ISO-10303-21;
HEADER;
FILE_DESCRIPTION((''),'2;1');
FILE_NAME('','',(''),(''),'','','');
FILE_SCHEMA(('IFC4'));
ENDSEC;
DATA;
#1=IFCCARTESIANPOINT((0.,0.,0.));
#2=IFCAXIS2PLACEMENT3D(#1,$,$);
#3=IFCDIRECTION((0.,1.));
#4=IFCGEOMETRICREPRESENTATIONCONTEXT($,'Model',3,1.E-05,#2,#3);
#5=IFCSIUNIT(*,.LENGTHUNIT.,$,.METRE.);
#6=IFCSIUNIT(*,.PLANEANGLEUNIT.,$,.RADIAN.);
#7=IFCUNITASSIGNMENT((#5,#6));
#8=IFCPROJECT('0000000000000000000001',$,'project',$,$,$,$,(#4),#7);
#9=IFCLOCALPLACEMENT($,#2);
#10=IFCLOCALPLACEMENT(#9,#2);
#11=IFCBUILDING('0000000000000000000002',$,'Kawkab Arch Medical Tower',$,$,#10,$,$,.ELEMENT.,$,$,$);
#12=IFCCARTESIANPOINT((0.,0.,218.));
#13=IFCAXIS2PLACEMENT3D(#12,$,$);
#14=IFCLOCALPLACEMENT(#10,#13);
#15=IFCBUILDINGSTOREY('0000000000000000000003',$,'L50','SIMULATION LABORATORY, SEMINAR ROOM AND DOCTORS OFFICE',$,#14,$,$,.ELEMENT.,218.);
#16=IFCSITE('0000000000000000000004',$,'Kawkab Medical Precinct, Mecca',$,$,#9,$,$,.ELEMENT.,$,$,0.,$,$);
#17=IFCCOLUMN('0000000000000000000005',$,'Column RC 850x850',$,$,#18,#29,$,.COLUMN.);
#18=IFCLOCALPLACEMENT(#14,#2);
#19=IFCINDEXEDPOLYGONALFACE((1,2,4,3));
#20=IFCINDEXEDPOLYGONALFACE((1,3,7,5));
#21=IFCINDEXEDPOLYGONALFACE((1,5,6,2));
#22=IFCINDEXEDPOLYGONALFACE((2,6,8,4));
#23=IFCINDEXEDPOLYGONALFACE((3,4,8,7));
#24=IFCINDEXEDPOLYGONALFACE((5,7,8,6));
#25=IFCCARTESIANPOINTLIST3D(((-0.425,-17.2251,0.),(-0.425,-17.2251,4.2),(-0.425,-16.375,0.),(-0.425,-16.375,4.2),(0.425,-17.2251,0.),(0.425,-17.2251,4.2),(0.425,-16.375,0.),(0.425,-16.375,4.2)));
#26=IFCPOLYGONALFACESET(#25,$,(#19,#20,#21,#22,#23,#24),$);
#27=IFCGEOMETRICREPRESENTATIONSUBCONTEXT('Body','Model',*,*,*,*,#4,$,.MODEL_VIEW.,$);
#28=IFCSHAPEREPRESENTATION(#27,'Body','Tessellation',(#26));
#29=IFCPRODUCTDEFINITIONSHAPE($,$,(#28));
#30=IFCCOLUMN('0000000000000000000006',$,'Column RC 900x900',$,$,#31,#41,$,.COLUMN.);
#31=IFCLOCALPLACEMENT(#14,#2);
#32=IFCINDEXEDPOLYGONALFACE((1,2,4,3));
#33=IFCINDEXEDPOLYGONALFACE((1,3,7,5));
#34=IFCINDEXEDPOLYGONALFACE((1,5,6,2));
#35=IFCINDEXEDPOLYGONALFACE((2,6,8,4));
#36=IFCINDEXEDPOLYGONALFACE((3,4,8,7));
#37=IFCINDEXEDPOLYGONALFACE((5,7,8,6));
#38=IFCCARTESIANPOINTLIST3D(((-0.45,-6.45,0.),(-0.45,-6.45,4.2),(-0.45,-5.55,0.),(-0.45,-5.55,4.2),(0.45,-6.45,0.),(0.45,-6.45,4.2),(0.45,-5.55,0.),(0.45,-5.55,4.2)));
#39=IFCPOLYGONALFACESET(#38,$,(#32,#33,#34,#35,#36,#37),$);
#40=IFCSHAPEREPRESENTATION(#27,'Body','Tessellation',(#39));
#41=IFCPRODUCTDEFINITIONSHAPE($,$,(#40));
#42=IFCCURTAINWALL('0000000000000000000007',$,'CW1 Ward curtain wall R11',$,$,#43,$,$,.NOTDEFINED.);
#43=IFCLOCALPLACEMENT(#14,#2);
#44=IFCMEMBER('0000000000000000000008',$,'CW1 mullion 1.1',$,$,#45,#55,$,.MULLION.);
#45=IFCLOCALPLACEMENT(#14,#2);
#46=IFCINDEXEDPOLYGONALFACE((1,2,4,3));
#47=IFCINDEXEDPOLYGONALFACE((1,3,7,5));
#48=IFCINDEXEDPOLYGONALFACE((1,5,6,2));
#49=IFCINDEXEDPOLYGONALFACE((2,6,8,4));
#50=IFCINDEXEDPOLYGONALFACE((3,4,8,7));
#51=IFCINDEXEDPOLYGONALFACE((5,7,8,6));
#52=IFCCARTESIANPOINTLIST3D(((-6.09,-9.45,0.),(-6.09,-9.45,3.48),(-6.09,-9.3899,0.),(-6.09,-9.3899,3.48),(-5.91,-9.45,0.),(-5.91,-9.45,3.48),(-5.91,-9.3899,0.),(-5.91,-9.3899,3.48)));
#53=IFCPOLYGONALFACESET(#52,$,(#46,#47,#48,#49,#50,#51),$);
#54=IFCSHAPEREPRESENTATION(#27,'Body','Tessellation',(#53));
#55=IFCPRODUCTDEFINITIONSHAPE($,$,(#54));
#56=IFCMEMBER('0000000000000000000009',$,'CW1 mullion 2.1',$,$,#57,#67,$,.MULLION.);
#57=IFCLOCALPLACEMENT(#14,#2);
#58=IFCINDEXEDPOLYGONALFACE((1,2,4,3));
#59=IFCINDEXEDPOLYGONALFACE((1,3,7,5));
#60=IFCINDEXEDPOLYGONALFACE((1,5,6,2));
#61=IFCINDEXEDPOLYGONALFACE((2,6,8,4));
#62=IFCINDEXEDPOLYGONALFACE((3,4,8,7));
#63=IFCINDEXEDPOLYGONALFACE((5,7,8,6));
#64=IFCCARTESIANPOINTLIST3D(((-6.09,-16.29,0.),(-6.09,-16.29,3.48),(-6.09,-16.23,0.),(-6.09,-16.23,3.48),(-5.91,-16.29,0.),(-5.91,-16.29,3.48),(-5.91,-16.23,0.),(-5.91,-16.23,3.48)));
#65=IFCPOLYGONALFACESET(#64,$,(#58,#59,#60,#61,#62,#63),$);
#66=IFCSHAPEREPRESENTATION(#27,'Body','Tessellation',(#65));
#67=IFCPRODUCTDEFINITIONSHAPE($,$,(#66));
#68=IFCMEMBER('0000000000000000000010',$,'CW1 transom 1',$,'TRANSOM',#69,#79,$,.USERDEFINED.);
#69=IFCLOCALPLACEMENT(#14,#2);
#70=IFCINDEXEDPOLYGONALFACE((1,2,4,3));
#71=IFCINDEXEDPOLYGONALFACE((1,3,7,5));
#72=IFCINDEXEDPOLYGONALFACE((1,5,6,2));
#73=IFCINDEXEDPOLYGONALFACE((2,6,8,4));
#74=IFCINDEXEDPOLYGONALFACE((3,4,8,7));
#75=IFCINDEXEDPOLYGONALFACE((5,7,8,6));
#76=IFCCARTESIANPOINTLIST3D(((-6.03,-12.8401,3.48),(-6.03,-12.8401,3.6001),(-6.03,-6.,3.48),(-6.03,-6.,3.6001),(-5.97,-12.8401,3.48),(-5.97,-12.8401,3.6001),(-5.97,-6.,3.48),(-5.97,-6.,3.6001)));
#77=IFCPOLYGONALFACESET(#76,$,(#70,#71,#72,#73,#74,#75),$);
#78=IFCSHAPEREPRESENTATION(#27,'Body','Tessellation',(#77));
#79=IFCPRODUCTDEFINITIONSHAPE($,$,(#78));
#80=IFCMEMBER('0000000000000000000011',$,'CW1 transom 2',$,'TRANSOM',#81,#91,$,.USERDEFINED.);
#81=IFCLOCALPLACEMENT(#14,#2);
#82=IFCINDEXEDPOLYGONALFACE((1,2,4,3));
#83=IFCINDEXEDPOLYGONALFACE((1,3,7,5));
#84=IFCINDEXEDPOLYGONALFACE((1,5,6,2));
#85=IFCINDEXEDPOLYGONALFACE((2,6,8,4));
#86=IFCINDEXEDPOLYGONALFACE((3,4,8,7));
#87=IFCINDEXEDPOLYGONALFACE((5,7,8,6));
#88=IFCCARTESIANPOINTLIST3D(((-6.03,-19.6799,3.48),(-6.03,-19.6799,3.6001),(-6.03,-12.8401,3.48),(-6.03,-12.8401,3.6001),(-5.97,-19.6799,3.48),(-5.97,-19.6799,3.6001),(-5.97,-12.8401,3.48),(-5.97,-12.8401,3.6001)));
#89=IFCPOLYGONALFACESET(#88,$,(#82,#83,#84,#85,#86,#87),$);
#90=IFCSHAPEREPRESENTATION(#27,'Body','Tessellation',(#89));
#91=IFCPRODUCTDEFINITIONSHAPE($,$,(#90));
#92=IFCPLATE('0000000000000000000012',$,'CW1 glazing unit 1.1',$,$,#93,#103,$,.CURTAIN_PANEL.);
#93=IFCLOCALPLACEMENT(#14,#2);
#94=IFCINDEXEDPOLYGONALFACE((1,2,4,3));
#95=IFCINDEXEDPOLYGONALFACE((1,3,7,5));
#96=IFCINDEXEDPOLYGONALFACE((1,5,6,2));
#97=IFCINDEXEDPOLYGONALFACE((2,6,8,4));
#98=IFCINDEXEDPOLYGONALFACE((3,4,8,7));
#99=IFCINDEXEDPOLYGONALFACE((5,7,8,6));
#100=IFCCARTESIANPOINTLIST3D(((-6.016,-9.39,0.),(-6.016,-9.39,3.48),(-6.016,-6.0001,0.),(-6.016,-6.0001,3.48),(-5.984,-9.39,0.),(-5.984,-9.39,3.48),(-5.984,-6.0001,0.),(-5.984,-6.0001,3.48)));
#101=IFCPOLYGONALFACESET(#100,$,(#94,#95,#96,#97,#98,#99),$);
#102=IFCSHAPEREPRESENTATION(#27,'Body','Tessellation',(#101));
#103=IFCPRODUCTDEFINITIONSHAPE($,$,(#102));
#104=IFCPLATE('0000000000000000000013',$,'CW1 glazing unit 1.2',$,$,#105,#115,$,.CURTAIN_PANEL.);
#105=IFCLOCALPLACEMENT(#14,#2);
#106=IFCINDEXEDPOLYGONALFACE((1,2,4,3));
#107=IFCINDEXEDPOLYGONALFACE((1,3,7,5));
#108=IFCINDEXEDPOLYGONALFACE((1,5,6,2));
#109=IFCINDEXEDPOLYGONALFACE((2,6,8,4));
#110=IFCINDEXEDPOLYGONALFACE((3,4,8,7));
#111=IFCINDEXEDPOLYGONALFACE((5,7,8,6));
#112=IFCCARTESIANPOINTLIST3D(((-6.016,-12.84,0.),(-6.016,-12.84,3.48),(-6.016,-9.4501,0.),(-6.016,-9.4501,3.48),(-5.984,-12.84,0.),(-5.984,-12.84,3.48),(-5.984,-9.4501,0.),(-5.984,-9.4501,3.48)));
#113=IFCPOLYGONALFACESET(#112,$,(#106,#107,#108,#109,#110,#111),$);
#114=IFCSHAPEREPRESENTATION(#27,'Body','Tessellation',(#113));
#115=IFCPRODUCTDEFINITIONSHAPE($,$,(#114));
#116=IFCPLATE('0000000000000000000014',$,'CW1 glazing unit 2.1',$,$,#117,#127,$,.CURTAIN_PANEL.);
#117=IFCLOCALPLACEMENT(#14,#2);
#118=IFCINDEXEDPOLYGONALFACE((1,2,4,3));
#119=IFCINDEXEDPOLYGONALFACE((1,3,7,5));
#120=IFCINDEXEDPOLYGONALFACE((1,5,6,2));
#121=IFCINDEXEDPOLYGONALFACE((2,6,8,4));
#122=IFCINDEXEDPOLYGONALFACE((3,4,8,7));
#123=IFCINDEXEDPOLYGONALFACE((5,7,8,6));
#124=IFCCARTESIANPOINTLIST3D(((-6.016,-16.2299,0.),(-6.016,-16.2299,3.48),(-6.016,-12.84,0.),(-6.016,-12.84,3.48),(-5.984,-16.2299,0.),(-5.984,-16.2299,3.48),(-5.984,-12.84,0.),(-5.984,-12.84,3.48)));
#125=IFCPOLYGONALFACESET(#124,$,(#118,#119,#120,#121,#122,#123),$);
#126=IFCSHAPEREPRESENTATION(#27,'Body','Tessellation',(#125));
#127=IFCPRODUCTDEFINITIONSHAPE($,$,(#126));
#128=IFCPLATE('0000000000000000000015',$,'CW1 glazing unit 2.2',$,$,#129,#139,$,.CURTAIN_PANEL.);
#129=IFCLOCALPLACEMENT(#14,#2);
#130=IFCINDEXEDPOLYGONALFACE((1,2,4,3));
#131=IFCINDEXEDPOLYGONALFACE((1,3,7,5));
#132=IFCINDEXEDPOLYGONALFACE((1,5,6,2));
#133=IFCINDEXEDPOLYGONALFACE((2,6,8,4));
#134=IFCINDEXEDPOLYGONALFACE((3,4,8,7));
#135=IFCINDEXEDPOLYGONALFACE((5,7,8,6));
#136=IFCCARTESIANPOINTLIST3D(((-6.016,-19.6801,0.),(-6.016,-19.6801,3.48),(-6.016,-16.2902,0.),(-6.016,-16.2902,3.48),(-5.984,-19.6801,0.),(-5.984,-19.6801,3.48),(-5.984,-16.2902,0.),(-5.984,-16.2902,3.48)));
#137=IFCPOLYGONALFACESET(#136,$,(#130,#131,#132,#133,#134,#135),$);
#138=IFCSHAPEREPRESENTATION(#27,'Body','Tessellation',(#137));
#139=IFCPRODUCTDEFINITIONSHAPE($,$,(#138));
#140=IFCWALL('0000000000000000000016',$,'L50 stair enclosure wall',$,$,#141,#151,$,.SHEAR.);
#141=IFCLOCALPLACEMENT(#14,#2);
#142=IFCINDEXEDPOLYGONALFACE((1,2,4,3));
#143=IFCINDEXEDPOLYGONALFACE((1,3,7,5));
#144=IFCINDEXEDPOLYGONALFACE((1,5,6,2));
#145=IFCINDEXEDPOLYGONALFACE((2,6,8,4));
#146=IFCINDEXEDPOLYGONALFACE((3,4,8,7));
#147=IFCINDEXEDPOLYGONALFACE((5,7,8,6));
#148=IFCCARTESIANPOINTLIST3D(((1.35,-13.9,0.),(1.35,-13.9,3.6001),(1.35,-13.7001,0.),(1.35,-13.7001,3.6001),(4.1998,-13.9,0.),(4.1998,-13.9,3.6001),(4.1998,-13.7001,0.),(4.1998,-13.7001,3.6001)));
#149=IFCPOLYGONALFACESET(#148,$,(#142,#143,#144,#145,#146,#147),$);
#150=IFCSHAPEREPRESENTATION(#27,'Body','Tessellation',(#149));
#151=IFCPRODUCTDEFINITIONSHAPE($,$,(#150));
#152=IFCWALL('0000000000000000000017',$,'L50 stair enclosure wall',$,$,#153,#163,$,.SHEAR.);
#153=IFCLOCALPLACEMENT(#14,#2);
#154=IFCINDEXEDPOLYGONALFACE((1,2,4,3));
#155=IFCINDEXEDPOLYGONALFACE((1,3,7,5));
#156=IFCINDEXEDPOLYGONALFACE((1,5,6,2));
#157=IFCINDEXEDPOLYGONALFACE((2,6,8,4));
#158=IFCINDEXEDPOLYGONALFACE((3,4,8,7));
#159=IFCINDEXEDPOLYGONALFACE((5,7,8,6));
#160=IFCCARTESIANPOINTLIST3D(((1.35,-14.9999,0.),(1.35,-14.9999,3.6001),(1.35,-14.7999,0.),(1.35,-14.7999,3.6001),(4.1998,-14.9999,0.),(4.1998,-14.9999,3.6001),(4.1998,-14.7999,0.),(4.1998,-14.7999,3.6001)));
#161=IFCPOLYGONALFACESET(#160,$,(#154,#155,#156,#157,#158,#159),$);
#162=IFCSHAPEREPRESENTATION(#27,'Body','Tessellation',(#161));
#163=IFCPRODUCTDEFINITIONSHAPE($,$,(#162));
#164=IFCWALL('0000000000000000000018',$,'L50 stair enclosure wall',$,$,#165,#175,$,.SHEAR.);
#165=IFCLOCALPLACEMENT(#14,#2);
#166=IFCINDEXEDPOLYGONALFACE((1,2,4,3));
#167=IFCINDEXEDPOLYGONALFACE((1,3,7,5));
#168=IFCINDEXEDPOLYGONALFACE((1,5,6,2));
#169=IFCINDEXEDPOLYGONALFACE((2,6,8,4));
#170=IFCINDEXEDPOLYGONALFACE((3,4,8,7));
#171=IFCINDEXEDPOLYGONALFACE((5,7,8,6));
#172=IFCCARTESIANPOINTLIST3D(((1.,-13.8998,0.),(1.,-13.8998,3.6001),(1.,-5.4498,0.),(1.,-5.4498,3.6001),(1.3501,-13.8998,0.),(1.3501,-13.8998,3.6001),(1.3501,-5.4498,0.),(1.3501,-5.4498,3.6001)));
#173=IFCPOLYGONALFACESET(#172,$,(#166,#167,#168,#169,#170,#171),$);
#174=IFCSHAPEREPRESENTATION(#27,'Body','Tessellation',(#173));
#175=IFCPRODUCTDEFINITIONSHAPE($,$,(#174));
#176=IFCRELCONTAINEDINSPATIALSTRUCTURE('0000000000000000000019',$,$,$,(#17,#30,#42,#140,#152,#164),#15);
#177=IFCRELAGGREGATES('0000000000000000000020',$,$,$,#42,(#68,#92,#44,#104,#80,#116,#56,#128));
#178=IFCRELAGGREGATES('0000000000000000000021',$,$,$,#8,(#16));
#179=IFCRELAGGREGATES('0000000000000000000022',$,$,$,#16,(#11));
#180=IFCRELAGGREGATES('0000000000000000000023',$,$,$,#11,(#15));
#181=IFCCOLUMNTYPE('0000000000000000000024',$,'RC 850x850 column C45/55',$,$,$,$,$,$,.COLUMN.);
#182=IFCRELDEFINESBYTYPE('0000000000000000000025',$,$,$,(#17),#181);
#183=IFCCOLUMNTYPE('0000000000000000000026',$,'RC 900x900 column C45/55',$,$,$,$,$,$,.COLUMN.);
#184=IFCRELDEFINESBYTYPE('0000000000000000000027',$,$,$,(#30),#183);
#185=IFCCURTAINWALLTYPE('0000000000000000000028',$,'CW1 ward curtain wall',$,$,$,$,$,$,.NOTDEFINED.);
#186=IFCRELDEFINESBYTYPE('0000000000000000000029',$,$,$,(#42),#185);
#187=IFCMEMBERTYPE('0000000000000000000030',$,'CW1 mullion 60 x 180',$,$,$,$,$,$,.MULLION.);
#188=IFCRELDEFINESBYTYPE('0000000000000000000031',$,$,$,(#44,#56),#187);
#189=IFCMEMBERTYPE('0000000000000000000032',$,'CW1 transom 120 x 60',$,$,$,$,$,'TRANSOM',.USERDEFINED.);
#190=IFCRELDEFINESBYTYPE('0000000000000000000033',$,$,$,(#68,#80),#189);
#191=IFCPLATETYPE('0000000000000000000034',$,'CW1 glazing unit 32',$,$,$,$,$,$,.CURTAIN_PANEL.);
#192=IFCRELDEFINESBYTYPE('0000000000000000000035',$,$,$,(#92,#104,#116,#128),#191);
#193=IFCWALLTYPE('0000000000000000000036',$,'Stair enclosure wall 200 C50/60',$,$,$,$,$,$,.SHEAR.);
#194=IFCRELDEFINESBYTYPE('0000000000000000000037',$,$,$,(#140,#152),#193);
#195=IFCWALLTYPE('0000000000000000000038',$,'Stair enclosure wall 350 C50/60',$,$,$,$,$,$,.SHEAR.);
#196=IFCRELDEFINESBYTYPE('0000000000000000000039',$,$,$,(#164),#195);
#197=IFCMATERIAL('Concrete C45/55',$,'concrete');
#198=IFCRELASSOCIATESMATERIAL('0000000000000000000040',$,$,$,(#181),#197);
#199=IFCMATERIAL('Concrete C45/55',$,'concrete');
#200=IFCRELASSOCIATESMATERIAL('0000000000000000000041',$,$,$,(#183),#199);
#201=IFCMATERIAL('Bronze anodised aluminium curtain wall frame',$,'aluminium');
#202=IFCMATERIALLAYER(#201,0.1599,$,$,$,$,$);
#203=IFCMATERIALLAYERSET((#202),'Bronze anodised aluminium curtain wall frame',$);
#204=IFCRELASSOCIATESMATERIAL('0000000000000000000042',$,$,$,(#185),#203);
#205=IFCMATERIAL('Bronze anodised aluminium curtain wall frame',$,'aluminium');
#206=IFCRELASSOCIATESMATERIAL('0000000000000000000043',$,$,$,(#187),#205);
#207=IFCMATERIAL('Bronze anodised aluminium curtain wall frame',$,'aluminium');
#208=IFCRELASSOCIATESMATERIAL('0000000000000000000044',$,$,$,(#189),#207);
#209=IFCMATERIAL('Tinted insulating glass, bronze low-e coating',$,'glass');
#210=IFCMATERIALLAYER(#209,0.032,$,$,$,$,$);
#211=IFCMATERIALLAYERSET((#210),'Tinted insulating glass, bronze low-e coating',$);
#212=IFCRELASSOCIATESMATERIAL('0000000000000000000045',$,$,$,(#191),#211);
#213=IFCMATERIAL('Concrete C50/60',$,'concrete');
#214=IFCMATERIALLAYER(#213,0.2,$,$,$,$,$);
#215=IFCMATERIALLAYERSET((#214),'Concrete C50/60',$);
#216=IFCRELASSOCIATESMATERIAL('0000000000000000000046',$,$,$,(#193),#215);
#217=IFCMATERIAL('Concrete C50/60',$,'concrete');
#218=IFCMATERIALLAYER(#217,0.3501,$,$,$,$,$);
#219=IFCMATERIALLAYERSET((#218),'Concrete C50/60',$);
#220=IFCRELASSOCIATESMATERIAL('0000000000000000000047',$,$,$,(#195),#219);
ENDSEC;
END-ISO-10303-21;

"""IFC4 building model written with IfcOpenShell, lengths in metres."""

from ifc_helpers import new_model, si_unit, direction, frame, frame_2d, origin, origin_2d, place, context, subcontext, project, spatial, rectangle, extrude, material, layer, layer_set, material_profile, profile_set, type_object, element, aggregate, save


model = new_model("IFC4")

# Units and contexts
model_context = context("Model", 3, precision=1e-05, world=origin(), true_north=direction((0.0, 1.0)))
body_context = subcontext(model_context, "Body", "Model", "MODEL_VIEW")
ifc_project = project(units=[si_unit("LENGTHUNIT", "METRE"), si_unit("PLANEANGLEUNIT", "RADIAN")], contexts=[model_context])

# Site, building, storey
site_placement = place(None, origin())
site = spatial("IfcSite", under=ifc_project, at=site_placement, Name="Kawkab Medical Precinct, Mecca", CompositionType="ELEMENT", RefElevation=0.0)
building_placement = place(site_placement, origin())
building = spatial("IfcBuilding", under=site, at=building_placement, Name="Kawkab Arch Medical Tower", CompositionType="ELEMENT")
storey_placement = place(building_placement, frame((0.0, 0.0, 218.0)))
storey = spatial("IfcBuildingStorey", under=building, at=storey_placement, Name="L50", Description="SIMULATION LABORATORY, SEMINAR ROOM AND DOCTORS OFFICE", CompositionType="ELEMENT", Elevation=218.0)

# Columns
ifc_material_1 = material(Name="Concrete C45/55", Category="concrete")
ifc_material_profile_1 = material_profile(ifc_material_1, rectangle(XDim=0.8501, YDim=0.8501, at=origin_2d()), Name="RC 850x850")
ifc_profile_set_1 = profile_set([ifc_material_profile_1], Name="Concrete C45/55")
column_type_1 = type_object("IfcColumnType", Name="RC 850x850 column C45/55", PredefinedType="COLUMN", material=ifc_profile_set_1)
column_1_placement = place(storey_placement, frame((0.0, -16.8, 0.0), z_axis=(0.0, 0.0, 1.0), x_axis=(1.0, 0.0, 0.0)))
element("IfcColumn", 1, at=column_1_placement, inside=storey, type_object=column_type_1, Name="Column RC 850x850", PredefinedType="COLUMN", context=body_context, shape_type="SweptSolid", body=[
    extrude(rectangle(XDim=0.8501, YDim=0.8501, at=origin_2d()), origin(), (0.0, 0.0, 1.0), 4.2),
])
ifc_material_2 = material(Name="Concrete C45/55", Category="concrete")
ifc_material_profile_2 = material_profile(ifc_material_2, rectangle(XDim=0.8999, YDim=0.8999, at=origin_2d()), Name="RC 900x900")
ifc_profile_set_2 = profile_set([ifc_material_profile_2], Name="Concrete C45/55")
column_type_2 = type_object("IfcColumnType", Name="RC 900x900 column C45/55", PredefinedType="COLUMN", material=ifc_profile_set_2)
column_2_placement = place(storey_placement, frame((0.0, -6.0, 0.0), z_axis=(0.0, 0.0, 1.0), x_axis=(1.0, 0.0, 0.0)))
element("IfcColumn", 2, at=column_2_placement, inside=storey, type_object=column_type_2, Name="Column RC 900x900", PredefinedType="COLUMN", context=body_context, shape_type="SweptSolid", body=[
    extrude(rectangle(XDim=0.8999, YDim=0.8999, at=origin_2d()), origin(), (0.0, 0.0, 1.0), 4.2),
])

# Curtain wall, members, plates
ifc_material_3 = material(Name="Bronze anodised aluminium curtain wall frame", Category="aluminium")
ifc_layer_1 = layer(ifc_material_3, 0.1599)
ifc_layer_set_1 = layer_set([ifc_layer_1], Name="Bronze anodised aluminium curtain wall frame")
curtain_wall_type = type_object("IfcCurtainWallType", Name="CW1 ward curtain wall", PredefinedType="NOTDEFINED", material=ifc_layer_set_1)
placement = place(storey_placement, origin())
curtain_wall = element("IfcCurtainWall", 3, at=placement, inside=storey, type_object=curtain_wall_type, Name="CW1 Ward curtain wall R11", PredefinedType="NOTDEFINED")
ifc_material_4 = material(Name="Bronze anodised aluminium curtain wall frame", Category="aluminium")
ifc_material_profile_3 = material_profile(ifc_material_4, rectangle(XDim=0.1799, YDim=0.0601, at=origin_2d()), Name="AL 60x180")
ifc_profile_set_3 = profile_set([ifc_material_profile_3], Name="Bronze anodised aluminium curtain wall frame")
member_type_1 = type_object("IfcMemberType", Name="CW1 mullion 60 x 180", PredefinedType="MULLION", material=ifc_profile_set_3)
member_1_placement = place(storey_placement, frame((-6.0, -9.4199, 0.0), z_axis=(0.0, 0.0, 1.0), x_axis=(1.0, 0.0, 0.0)))
member_1 = element("IfcMember", 4, at=member_1_placement, type_object=member_type_1, Name="CW1 mullion 1.1", PredefinedType="MULLION", context=body_context, shape_type="SweptSolid", body=[
    extrude(rectangle(XDim=0.1799, YDim=0.0601, at=origin_2d()), origin(), (0.0, 0.0, 1.0), 3.48),
])
member_2_placement = place(storey_placement, frame((-6.0, -16.26, 0.0), z_axis=(0.0, 0.0, 1.0), x_axis=(1.0, 0.0, 0.0)))
member_2 = element("IfcMember", 5, at=member_2_placement, type_object=member_type_1, Name="CW1 mullion 2.1", PredefinedType="MULLION", context=body_context, shape_type="SweptSolid", body=[
    extrude(rectangle(XDim=0.1799, YDim=0.0601, at=origin_2d()), origin(), (0.0, 0.0, 1.0), 3.48),
])
ifc_material_5 = material(Name="Bronze anodised aluminium curtain wall frame", Category="aluminium")
ifc_material_profile_4 = material_profile(ifc_material_5, rectangle(XDim=0.0601, YDim=0.1201, at=origin_2d()), Name="AL 60x120")
ifc_profile_set_4 = profile_set([ifc_material_profile_4], Name="Bronze anodised aluminium curtain wall frame")
member_type_2 = type_object("IfcMemberType", Name="CW1 transom 120 x 60", ElementType="TRANSOM", PredefinedType="USERDEFINED", material=ifc_profile_set_4)
member_3_placement = place(storey_placement, frame((-6.0, -6.0, 3.54), z_axis=(0.0, -1.0, 0.0), x_axis=(1.0, 0.0, 0.0)))
member_3 = element("IfcMember", 6, at=member_3_placement, type_object=member_type_2, Name="CW1 transom 1", ObjectType="TRANSOM", PredefinedType="USERDEFINED", context=body_context, shape_type="SweptSolid", body=[
    extrude(rectangle(XDim=0.0601, YDim=0.1201, at=origin_2d()), origin(), (0.0, 0.0, 1.0), 6.8401),
])
member_4_placement = place(storey_placement, frame((-6.0, -12.8401, 3.54), z_axis=(0.0, -1.0, 0.0), x_axis=(1.0, 0.0, 0.0)))
member_4 = element("IfcMember", 7, at=member_4_placement, type_object=member_type_2, Name="CW1 transom 2", ObjectType="TRANSOM", PredefinedType="USERDEFINED", context=body_context, shape_type="SweptSolid", body=[
    extrude(rectangle(XDim=0.0601, YDim=0.1201, at=origin_2d()), origin(), (0.0, 0.0, 1.0), 6.8398),
])
ifc_material_6 = material(Name="Tinted insulating glass, bronze low-e coating", Category="glass")
ifc_layer_2 = layer(ifc_material_6, 0.032)
ifc_layer_set_2 = layer_set([ifc_layer_2], Name="Tinted insulating glass, bronze low-e coating")
plate_type = type_object("IfcPlateType", Name="CW1 glazing unit 32", PredefinedType="CURTAIN_PANEL", material=ifc_layer_set_2)
plate_1_placement = place(storey_placement, frame((-6.0, -7.6951, 0.0), z_axis=(0.0, 0.0, 1.0), x_axis=(0.0, -1.0, 0.0)))
plate_1 = element("IfcPlate", 8, at=plate_1_placement, type_object=plate_type, Name="CW1 glazing unit 1.1", PredefinedType="CURTAIN_PANEL", context=body_context, shape_type="SweptSolid", body=[
    extrude(rectangle(XDim=3.3899, YDim=0.032, at=origin_2d()), origin(), (0.0, 0.0, 1.0), 3.48),
])
plate_2_placement = place(storey_placement, frame((-6.0, -11.145, 0.0), z_axis=(0.0, 0.0, 1.0), x_axis=(0.0, -1.0, 0.0)))
plate_2 = element("IfcPlate", 9, at=plate_2_placement, type_object=plate_type, Name="CW1 glazing unit 1.2", PredefinedType="CURTAIN_PANEL", context=body_context, shape_type="SweptSolid", body=[
    extrude(rectangle(XDim=3.3899, YDim=0.032, at=origin_2d()), origin(), (0.0, 0.0, 1.0), 3.48),
])
plate_3_placement = place(storey_placement, frame((-6.0, -14.5349, 0.0), z_axis=(0.0, 0.0, 1.0), x_axis=(0.0, -1.0, 0.0)))
plate_3 = element("IfcPlate", 10, at=plate_3_placement, type_object=plate_type, Name="CW1 glazing unit 2.1", PredefinedType="CURTAIN_PANEL", context=body_context, shape_type="SweptSolid", body=[
    extrude(rectangle(XDim=3.3899, YDim=0.032, at=origin_2d()), origin(), (0.0, 0.0, 1.0), 3.48),
])
plate_4_placement = place(storey_placement, frame((-6.0, -17.9851, 0.0), z_axis=(0.0, 0.0, 1.0), x_axis=(0.0, -1.0, 0.0)))
plate_4 = element("IfcPlate", 11, at=plate_4_placement, type_object=plate_type, Name="CW1 glazing unit 2.2", PredefinedType="CURTAIN_PANEL", context=body_context, shape_type="SweptSolid", body=[
    extrude(rectangle(XDim=3.3899, YDim=0.032, at=origin_2d()), origin(), (0.0, 0.0, 1.0), 3.48),
])
aggregate(curtain_wall, [member_3, plate_1, member_1, plate_2, member_4, plate_3, member_2, plate_4])

# Walls
ifc_material_7 = material(Name="Concrete C50/60", Category="concrete")
ifc_layer_3 = layer(ifc_material_7, 0.2)
ifc_layer_set_3 = layer_set([ifc_layer_3], Name="Concrete C50/60")
wall_type_1 = type_object("IfcWallType", Name="Stair enclosure wall 200 C50/60", PredefinedType="SHEAR", material=ifc_layer_set_3)
for number, where, z_axis, x_axis, name in (
    (12, (1.3501, -13.8, 0.0), (0.0, 0.0, 1.0), (1.0, 0.0, 0.0), "L50 stair enclosure wall"),
    (13, (1.3501, -14.8999, 0.0), (0.0, 0.0, 1.0), (1.0, 0.0, 0.0), "L50 stair enclosure wall"),
):
    element("IfcWall", number, at=place(storey_placement, frame(where, z_axis=z_axis, x_axis=x_axis)), inside=storey, type_object=wall_type_1, Name=name, PredefinedType="SHEAR", context=body_context, shape_type="SweptSolid", body=[
        extrude(rectangle(XDim=2.8499, YDim=0.2, at=frame_2d((1.4248, 0.0))), origin(), (0.0, 0.0, 1.0), 3.6001),
    ])
ifc_material_8 = material(Name="Concrete C50/60", Category="concrete")
ifc_layer_4 = layer(ifc_material_8, 0.3501)
ifc_layer_set_4 = layer_set([ifc_layer_4], Name="Concrete C50/60")
wall_type_2 = type_object("IfcWallType", Name="Stair enclosure wall 350 C50/60", PredefinedType="SHEAR", material=ifc_layer_set_4)
wall_placement = place(storey_placement, frame((1.175, -13.8999, 0.0), z_axis=(0.0, 0.0, 1.0), x_axis=(0.0, 1.0, 0.0)))
element("IfcWall", 14, at=wall_placement, inside=storey, type_object=wall_type_2, Name="L50 stair enclosure wall", PredefinedType="SHEAR", context=body_context, shape_type="SweptSolid", body=[
    extrude(rectangle(XDim=8.45, YDim=0.3501, at=frame_2d((4.2251, 0.0))), origin(), (0.0, 0.0, 1.0), 3.6001),
])

save(model, "model.ifc")
